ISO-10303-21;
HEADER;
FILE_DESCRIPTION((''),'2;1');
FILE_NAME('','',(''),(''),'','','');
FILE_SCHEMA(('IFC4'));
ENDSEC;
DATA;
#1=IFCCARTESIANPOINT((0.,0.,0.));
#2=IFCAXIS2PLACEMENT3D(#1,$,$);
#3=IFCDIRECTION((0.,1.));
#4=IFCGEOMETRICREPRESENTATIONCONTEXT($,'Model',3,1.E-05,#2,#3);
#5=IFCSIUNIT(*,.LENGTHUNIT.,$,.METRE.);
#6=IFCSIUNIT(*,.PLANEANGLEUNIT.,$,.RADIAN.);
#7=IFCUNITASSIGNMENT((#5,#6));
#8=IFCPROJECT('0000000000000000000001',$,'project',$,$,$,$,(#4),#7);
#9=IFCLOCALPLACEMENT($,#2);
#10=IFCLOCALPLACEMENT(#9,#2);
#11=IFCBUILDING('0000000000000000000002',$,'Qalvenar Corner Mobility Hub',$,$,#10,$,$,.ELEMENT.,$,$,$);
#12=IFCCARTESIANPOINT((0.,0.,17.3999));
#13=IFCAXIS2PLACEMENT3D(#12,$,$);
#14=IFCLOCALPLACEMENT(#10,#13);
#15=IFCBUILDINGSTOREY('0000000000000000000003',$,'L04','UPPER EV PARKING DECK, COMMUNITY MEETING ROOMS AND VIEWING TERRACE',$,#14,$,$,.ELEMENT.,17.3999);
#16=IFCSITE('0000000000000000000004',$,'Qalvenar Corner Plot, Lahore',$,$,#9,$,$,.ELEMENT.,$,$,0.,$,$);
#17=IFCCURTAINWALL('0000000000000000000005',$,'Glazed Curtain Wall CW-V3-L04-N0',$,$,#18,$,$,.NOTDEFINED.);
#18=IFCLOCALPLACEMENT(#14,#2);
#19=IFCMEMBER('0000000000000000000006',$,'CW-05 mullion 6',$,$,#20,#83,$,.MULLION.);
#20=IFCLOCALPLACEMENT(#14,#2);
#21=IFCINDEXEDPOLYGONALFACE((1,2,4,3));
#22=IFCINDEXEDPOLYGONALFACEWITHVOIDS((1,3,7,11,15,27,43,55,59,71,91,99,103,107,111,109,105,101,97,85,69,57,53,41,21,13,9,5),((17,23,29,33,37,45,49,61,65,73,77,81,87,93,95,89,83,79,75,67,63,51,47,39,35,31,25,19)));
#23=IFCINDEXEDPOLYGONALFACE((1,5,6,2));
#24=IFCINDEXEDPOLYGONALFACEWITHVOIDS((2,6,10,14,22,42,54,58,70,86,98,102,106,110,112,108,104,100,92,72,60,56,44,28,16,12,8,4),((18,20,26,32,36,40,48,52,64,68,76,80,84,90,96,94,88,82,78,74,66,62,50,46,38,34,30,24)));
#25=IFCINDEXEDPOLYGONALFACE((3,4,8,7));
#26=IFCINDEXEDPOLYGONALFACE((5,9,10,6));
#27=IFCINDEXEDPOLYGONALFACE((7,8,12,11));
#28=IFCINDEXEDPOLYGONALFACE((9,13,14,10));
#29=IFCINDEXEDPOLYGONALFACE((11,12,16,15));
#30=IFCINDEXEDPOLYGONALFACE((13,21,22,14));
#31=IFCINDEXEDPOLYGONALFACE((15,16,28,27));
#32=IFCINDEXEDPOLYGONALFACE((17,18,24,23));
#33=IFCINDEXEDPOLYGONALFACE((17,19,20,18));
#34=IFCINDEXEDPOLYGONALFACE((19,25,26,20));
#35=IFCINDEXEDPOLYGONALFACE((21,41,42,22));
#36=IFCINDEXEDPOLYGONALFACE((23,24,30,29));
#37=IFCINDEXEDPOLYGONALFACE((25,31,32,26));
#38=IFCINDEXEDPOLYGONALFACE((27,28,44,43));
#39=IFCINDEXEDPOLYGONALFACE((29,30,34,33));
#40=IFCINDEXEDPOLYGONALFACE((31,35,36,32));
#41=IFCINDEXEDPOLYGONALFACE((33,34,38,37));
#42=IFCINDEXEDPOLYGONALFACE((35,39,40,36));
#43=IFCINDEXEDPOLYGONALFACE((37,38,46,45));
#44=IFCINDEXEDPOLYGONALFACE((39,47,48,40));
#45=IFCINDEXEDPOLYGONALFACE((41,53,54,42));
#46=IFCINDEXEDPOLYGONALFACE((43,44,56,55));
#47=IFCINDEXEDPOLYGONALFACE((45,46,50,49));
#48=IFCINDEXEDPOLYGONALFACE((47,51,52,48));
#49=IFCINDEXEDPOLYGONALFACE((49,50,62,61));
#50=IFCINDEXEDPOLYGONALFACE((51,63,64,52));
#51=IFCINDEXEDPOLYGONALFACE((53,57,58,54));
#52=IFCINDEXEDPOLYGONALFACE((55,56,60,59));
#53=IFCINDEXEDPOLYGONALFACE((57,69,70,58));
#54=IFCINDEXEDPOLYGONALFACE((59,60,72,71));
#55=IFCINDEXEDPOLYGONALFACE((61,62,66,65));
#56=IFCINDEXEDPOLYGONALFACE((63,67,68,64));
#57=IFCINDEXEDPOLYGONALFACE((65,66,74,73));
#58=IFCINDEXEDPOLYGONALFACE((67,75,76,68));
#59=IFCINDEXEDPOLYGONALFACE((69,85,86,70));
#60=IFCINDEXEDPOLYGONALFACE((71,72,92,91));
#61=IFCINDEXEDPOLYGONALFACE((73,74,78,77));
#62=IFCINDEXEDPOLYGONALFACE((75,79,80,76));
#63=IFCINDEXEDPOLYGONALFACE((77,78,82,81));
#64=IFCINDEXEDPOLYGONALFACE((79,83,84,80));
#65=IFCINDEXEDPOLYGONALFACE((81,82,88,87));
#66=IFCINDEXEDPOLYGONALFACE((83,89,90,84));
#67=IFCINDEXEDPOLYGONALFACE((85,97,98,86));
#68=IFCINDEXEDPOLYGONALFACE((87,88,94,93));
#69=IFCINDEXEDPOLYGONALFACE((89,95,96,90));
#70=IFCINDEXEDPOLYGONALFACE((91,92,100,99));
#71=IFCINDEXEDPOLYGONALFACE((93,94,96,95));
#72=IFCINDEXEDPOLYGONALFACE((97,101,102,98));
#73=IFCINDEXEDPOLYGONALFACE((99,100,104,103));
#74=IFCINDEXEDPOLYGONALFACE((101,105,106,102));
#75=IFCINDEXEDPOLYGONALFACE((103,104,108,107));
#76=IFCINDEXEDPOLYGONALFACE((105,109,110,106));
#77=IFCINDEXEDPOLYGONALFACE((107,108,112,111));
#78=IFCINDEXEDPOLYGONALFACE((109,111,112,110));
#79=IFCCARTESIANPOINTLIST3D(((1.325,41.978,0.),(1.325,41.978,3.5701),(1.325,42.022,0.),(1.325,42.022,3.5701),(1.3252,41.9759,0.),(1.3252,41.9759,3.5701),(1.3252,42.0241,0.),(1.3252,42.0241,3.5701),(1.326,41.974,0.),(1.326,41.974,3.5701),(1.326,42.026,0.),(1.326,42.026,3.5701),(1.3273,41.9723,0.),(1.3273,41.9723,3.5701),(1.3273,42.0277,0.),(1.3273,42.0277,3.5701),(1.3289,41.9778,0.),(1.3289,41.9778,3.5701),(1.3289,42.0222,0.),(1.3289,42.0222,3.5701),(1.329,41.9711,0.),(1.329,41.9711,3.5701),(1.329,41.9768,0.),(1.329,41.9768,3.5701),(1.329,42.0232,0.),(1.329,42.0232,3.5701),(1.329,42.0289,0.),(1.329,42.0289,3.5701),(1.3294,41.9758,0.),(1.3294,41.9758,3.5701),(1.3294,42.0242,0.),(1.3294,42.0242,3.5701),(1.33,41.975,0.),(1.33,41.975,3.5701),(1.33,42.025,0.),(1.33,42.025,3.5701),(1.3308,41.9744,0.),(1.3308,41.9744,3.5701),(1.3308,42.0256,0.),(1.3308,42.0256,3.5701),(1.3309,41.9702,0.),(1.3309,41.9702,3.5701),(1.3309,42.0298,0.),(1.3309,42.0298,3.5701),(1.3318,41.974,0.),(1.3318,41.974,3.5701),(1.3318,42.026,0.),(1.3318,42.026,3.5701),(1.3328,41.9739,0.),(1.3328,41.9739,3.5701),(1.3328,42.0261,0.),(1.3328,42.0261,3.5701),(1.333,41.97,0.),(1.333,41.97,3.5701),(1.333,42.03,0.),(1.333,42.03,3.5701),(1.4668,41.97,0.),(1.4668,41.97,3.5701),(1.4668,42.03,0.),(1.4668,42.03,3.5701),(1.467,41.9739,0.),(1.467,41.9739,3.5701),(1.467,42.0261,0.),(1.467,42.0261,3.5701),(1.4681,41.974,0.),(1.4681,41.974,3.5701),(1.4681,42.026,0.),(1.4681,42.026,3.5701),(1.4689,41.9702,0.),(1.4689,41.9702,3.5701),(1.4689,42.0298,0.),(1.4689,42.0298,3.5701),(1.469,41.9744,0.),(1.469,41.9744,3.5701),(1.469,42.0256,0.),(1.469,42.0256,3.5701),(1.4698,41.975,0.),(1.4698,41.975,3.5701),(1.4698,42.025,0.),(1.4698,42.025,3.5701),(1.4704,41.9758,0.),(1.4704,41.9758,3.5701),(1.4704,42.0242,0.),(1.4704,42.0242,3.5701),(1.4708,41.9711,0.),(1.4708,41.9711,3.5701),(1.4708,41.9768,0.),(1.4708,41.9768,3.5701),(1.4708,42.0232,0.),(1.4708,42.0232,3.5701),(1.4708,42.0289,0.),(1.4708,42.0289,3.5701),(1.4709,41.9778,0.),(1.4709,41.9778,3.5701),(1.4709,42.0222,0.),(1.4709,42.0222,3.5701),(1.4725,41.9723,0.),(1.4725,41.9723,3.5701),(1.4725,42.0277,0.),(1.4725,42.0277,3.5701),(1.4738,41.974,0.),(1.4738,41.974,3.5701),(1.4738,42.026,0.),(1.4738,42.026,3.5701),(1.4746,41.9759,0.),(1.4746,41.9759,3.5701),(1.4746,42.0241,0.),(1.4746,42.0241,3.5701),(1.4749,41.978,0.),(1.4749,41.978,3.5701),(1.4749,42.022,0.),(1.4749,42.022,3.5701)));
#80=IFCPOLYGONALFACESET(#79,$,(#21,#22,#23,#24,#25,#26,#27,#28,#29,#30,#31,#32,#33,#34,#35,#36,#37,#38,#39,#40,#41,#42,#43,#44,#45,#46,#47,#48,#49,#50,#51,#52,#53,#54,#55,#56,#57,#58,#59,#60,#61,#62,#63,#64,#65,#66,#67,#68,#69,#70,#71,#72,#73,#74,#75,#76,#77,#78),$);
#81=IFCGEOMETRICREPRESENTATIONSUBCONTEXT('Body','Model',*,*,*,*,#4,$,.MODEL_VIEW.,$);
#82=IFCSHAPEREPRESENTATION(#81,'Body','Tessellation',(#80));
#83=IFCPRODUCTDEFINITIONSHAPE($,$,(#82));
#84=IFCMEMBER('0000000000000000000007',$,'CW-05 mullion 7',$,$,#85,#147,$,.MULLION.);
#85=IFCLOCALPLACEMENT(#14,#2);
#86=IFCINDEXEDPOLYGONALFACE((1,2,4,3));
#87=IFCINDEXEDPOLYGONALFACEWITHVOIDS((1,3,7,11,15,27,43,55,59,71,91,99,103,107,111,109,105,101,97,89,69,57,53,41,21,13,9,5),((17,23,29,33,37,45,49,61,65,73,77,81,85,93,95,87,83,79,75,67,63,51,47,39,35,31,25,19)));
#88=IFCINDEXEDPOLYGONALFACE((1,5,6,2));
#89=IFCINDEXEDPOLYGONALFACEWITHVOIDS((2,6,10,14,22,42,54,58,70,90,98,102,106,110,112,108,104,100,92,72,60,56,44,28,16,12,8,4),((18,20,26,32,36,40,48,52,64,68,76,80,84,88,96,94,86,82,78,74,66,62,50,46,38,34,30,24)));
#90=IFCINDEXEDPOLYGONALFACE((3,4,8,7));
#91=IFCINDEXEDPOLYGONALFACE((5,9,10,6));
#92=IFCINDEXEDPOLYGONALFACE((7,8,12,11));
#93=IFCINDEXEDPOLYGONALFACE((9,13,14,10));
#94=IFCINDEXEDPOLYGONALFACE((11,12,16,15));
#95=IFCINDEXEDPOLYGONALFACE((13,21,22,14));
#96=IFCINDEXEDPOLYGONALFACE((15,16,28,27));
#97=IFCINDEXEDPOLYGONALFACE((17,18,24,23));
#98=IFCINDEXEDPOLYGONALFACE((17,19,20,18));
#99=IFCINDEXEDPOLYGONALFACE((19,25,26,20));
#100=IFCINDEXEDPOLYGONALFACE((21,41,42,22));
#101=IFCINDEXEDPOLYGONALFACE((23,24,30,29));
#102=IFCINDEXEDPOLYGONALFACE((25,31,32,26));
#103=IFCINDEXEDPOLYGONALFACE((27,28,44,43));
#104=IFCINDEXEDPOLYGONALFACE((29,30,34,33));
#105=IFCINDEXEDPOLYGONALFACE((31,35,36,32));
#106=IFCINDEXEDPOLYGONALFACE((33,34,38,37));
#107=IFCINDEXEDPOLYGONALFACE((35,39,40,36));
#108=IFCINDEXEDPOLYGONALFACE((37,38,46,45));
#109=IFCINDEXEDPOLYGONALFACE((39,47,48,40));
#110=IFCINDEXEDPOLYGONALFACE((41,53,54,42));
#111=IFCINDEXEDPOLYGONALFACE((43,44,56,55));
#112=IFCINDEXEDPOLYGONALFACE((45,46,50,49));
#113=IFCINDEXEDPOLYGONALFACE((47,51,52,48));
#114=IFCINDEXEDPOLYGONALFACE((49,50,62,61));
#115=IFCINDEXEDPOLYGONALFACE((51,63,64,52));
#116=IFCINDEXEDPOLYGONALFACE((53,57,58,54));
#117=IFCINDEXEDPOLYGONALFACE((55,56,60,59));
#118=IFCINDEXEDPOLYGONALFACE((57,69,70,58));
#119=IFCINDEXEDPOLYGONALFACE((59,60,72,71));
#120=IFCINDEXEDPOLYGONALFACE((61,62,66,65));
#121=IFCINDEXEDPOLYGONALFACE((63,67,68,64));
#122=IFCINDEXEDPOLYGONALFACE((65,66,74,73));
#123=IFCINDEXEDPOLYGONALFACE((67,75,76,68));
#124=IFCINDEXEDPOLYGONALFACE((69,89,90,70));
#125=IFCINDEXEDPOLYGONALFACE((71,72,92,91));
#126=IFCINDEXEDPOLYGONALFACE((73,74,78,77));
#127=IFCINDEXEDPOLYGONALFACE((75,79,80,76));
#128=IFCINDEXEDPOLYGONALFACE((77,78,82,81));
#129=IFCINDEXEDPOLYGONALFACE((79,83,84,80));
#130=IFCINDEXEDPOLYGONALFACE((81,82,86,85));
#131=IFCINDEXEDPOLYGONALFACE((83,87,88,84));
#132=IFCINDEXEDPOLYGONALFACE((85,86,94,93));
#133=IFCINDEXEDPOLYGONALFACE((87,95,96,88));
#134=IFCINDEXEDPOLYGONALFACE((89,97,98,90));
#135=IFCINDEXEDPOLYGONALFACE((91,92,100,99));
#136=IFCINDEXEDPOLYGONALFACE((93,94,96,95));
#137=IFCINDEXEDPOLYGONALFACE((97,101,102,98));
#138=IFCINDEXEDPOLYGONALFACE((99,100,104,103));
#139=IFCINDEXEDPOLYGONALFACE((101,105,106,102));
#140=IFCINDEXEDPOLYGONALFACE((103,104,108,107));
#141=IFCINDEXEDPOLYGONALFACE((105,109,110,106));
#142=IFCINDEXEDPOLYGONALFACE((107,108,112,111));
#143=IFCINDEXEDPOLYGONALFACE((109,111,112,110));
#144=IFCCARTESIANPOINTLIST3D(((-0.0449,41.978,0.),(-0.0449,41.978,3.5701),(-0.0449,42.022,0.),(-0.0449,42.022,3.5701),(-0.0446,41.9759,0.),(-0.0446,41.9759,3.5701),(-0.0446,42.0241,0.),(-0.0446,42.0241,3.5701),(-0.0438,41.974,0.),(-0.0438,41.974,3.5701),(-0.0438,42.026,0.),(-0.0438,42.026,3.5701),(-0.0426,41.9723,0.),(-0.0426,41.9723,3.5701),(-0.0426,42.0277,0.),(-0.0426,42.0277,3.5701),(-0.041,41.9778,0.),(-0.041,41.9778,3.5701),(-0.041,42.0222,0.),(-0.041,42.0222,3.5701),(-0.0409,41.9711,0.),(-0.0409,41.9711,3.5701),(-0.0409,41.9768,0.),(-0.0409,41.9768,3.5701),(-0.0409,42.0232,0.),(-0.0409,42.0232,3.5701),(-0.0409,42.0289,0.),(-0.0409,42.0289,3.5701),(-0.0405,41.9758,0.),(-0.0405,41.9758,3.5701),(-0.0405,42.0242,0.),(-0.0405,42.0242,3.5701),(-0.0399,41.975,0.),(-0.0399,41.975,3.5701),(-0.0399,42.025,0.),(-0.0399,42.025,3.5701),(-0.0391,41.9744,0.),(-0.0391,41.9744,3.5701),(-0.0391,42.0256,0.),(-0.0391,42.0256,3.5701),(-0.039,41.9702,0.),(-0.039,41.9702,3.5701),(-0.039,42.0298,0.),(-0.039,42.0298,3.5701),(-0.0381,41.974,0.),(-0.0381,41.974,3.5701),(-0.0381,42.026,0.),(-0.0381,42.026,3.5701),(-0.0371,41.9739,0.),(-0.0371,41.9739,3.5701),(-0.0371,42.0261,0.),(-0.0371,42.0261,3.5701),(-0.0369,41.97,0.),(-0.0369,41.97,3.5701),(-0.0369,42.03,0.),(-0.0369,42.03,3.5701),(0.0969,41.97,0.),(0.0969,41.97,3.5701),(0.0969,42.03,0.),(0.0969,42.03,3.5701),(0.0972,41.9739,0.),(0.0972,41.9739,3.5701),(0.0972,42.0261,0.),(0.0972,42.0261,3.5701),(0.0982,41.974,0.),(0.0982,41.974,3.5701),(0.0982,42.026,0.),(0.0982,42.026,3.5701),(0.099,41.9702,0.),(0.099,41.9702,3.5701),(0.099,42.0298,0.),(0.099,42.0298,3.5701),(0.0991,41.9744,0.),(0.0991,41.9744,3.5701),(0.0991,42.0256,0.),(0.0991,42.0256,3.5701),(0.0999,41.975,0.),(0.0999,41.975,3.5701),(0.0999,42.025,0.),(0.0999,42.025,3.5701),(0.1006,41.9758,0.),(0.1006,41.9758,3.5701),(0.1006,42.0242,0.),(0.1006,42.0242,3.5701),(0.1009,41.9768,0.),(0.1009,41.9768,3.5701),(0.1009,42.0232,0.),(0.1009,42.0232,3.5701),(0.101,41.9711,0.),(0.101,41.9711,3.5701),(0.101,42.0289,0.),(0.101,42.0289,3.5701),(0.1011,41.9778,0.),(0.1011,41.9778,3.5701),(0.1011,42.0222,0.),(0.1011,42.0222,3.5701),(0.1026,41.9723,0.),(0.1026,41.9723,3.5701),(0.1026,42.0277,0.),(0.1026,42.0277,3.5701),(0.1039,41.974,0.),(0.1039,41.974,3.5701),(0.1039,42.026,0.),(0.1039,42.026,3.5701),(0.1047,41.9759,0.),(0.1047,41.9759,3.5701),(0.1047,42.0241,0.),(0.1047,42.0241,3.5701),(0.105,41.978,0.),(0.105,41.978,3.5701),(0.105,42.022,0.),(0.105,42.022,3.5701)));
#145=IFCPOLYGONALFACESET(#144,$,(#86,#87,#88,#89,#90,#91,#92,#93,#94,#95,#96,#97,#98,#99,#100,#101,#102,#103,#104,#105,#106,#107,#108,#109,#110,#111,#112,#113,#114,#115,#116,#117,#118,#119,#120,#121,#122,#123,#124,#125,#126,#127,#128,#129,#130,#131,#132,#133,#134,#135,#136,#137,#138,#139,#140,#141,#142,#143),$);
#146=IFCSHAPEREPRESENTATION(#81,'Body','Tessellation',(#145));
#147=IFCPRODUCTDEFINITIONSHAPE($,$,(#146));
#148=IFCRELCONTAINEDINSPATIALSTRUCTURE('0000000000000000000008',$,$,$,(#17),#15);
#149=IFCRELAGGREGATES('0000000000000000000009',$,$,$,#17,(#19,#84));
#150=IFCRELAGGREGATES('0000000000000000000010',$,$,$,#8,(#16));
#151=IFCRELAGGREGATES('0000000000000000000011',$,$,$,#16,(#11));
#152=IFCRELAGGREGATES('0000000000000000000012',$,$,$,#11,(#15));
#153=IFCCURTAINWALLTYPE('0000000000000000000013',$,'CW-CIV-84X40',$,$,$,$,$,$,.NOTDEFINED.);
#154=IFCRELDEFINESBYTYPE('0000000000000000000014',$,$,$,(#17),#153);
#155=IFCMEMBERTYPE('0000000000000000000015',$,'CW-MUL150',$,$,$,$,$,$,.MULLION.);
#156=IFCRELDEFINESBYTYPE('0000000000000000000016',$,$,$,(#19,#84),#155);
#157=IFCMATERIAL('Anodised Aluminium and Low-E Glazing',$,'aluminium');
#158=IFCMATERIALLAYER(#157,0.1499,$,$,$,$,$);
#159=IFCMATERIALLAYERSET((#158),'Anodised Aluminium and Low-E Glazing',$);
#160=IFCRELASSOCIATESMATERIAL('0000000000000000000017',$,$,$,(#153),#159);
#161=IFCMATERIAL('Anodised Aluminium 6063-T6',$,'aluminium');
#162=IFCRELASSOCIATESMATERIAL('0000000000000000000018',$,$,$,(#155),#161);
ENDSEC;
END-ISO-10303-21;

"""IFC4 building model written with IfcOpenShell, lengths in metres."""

from ifc_helpers import new_model, si_unit, direction, frame, origin, origin_2d, place, context, subcontext, project, spatial, hollow_rectangle, extrude, material, layer, layer_set, material_profile, profile_set, type_object, element, aggregate, save


model = new_model("IFC4")

# Units and contexts
model_context = context("Model", 3, precision=1e-05, world=origin(), true_north=direction((0.0, 1.0)))
body_context = subcontext(model_context, "Body", "Model", "MODEL_VIEW")
ifc_project = project(units=[si_unit("LENGTHUNIT", "METRE"), si_unit("PLANEANGLEUNIT", "RADIAN")], contexts=[model_context])

# Site, building, storey
site_placement = place(None, origin())
site = spatial("IfcSite", under=ifc_project, at=site_placement, Name="Qalvenar Corner Plot, Lahore", CompositionType="ELEMENT", RefElevation=0.0)
building_placement = place(site_placement, origin())
building = spatial("IfcBuilding", under=site, at=building_placement, Name="Qalvenar Corner Mobility Hub", CompositionType="ELEMENT")
storey_placement = place(building_placement, frame((0.0, 0.0, 17.3999)))
storey = spatial("IfcBuildingStorey", under=building, at=storey_placement, Name="L04", Description="UPPER EV PARKING DECK, COMMUNITY MEETING ROOMS AND VIEWING TERRACE", CompositionType="ELEMENT", Elevation=17.3999)

# Curtain wall, members
ifc_material_1 = material(Name="Anodised Aluminium and Low-E Glazing", Category="aluminium")
ifc_layer_1 = layer(ifc_material_1, 0.1499)
ifc_layer_set_1 = layer_set([ifc_layer_1], Name="Anodised Aluminium and Low-E Glazing")
curtain_wall_type = type_object("IfcCurtainWallType", Name="CW-CIV-84X40", PredefinedType="NOTDEFINED", material=ifc_layer_set_1)
curtain_wall_placement = place(storey_placement, origin())
curtain_wall = element("IfcCurtainWall", 1, at=curtain_wall_placement, inside=storey, type_object=curtain_wall_type, Name="Glazed Curtain Wall CW-V3-L04-N0", PredefinedType="NOTDEFINED")
ifc_material_2 = material(Name="Anodised Aluminium 6063-T6", Category="aluminium")
ifc_material_profile_1 = material_profile(ifc_material_2, hollow_rectangle(XDim=0.0601, YDim=0.1499, WallThickness=0.0039, InnerFilletRadius=0.0039, OuterFilletRadius=0.0081, at=origin_2d()), Name="RHS150x60x4")
ifc_profile_set_1 = profile_set([ifc_material_profile_1], Name="Anodised Aluminium 6063-T6")
member_type_1 = type_object("IfcMemberType", Name="CW-MUL150", PredefinedType="MULLION", material=ifc_profile_set_1)
member_1_placement = place(storey_placement, frame((1.3999, 42.0, 0.0), z_axis=(0.0, 0.0, 1.0), x_axis=(0.0, -1.0, 0.0)))
member_1 = element("IfcMember", 2, at=member_1_placement, type_object=member_type_1, Name="CW-05 mullion 6", PredefinedType="MULLION", context=body_context, shape_type="SweptSolid", body=[
    extrude(hollow_rectangle(XDim=0.0601, YDim=0.1499, WallThickness=0.0039, InnerFilletRadius=0.0039, OuterFilletRadius=0.0081, at=origin_2d()), origin(), (0.0, 0.0, 1.0), 3.5701),
])
member_2_placement = place(storey_placement, frame((0.03, 42.0, 0.0), z_axis=(0.0, 0.0, 1.0), x_axis=(0.0, -1.0, 0.0)))
member_2 = element("IfcMember", 3, at=member_2_placement, type_object=member_type_1, Name="CW-05 mullion 7", PredefinedType="MULLION", context=body_context, shape_type="SweptSolid", body=[
    extrude(hollow_rectangle(XDim=0.0601, YDim=0.1499, WallThickness=0.0039, InnerFilletRadius=0.0039, OuterFilletRadius=0.0081, at=origin_2d()), origin(), (0.0, 0.0, 1.0), 3.5701),
])
aggregate(curtain_wall, [member_1, member_2])

save(model, "model.ifc")
